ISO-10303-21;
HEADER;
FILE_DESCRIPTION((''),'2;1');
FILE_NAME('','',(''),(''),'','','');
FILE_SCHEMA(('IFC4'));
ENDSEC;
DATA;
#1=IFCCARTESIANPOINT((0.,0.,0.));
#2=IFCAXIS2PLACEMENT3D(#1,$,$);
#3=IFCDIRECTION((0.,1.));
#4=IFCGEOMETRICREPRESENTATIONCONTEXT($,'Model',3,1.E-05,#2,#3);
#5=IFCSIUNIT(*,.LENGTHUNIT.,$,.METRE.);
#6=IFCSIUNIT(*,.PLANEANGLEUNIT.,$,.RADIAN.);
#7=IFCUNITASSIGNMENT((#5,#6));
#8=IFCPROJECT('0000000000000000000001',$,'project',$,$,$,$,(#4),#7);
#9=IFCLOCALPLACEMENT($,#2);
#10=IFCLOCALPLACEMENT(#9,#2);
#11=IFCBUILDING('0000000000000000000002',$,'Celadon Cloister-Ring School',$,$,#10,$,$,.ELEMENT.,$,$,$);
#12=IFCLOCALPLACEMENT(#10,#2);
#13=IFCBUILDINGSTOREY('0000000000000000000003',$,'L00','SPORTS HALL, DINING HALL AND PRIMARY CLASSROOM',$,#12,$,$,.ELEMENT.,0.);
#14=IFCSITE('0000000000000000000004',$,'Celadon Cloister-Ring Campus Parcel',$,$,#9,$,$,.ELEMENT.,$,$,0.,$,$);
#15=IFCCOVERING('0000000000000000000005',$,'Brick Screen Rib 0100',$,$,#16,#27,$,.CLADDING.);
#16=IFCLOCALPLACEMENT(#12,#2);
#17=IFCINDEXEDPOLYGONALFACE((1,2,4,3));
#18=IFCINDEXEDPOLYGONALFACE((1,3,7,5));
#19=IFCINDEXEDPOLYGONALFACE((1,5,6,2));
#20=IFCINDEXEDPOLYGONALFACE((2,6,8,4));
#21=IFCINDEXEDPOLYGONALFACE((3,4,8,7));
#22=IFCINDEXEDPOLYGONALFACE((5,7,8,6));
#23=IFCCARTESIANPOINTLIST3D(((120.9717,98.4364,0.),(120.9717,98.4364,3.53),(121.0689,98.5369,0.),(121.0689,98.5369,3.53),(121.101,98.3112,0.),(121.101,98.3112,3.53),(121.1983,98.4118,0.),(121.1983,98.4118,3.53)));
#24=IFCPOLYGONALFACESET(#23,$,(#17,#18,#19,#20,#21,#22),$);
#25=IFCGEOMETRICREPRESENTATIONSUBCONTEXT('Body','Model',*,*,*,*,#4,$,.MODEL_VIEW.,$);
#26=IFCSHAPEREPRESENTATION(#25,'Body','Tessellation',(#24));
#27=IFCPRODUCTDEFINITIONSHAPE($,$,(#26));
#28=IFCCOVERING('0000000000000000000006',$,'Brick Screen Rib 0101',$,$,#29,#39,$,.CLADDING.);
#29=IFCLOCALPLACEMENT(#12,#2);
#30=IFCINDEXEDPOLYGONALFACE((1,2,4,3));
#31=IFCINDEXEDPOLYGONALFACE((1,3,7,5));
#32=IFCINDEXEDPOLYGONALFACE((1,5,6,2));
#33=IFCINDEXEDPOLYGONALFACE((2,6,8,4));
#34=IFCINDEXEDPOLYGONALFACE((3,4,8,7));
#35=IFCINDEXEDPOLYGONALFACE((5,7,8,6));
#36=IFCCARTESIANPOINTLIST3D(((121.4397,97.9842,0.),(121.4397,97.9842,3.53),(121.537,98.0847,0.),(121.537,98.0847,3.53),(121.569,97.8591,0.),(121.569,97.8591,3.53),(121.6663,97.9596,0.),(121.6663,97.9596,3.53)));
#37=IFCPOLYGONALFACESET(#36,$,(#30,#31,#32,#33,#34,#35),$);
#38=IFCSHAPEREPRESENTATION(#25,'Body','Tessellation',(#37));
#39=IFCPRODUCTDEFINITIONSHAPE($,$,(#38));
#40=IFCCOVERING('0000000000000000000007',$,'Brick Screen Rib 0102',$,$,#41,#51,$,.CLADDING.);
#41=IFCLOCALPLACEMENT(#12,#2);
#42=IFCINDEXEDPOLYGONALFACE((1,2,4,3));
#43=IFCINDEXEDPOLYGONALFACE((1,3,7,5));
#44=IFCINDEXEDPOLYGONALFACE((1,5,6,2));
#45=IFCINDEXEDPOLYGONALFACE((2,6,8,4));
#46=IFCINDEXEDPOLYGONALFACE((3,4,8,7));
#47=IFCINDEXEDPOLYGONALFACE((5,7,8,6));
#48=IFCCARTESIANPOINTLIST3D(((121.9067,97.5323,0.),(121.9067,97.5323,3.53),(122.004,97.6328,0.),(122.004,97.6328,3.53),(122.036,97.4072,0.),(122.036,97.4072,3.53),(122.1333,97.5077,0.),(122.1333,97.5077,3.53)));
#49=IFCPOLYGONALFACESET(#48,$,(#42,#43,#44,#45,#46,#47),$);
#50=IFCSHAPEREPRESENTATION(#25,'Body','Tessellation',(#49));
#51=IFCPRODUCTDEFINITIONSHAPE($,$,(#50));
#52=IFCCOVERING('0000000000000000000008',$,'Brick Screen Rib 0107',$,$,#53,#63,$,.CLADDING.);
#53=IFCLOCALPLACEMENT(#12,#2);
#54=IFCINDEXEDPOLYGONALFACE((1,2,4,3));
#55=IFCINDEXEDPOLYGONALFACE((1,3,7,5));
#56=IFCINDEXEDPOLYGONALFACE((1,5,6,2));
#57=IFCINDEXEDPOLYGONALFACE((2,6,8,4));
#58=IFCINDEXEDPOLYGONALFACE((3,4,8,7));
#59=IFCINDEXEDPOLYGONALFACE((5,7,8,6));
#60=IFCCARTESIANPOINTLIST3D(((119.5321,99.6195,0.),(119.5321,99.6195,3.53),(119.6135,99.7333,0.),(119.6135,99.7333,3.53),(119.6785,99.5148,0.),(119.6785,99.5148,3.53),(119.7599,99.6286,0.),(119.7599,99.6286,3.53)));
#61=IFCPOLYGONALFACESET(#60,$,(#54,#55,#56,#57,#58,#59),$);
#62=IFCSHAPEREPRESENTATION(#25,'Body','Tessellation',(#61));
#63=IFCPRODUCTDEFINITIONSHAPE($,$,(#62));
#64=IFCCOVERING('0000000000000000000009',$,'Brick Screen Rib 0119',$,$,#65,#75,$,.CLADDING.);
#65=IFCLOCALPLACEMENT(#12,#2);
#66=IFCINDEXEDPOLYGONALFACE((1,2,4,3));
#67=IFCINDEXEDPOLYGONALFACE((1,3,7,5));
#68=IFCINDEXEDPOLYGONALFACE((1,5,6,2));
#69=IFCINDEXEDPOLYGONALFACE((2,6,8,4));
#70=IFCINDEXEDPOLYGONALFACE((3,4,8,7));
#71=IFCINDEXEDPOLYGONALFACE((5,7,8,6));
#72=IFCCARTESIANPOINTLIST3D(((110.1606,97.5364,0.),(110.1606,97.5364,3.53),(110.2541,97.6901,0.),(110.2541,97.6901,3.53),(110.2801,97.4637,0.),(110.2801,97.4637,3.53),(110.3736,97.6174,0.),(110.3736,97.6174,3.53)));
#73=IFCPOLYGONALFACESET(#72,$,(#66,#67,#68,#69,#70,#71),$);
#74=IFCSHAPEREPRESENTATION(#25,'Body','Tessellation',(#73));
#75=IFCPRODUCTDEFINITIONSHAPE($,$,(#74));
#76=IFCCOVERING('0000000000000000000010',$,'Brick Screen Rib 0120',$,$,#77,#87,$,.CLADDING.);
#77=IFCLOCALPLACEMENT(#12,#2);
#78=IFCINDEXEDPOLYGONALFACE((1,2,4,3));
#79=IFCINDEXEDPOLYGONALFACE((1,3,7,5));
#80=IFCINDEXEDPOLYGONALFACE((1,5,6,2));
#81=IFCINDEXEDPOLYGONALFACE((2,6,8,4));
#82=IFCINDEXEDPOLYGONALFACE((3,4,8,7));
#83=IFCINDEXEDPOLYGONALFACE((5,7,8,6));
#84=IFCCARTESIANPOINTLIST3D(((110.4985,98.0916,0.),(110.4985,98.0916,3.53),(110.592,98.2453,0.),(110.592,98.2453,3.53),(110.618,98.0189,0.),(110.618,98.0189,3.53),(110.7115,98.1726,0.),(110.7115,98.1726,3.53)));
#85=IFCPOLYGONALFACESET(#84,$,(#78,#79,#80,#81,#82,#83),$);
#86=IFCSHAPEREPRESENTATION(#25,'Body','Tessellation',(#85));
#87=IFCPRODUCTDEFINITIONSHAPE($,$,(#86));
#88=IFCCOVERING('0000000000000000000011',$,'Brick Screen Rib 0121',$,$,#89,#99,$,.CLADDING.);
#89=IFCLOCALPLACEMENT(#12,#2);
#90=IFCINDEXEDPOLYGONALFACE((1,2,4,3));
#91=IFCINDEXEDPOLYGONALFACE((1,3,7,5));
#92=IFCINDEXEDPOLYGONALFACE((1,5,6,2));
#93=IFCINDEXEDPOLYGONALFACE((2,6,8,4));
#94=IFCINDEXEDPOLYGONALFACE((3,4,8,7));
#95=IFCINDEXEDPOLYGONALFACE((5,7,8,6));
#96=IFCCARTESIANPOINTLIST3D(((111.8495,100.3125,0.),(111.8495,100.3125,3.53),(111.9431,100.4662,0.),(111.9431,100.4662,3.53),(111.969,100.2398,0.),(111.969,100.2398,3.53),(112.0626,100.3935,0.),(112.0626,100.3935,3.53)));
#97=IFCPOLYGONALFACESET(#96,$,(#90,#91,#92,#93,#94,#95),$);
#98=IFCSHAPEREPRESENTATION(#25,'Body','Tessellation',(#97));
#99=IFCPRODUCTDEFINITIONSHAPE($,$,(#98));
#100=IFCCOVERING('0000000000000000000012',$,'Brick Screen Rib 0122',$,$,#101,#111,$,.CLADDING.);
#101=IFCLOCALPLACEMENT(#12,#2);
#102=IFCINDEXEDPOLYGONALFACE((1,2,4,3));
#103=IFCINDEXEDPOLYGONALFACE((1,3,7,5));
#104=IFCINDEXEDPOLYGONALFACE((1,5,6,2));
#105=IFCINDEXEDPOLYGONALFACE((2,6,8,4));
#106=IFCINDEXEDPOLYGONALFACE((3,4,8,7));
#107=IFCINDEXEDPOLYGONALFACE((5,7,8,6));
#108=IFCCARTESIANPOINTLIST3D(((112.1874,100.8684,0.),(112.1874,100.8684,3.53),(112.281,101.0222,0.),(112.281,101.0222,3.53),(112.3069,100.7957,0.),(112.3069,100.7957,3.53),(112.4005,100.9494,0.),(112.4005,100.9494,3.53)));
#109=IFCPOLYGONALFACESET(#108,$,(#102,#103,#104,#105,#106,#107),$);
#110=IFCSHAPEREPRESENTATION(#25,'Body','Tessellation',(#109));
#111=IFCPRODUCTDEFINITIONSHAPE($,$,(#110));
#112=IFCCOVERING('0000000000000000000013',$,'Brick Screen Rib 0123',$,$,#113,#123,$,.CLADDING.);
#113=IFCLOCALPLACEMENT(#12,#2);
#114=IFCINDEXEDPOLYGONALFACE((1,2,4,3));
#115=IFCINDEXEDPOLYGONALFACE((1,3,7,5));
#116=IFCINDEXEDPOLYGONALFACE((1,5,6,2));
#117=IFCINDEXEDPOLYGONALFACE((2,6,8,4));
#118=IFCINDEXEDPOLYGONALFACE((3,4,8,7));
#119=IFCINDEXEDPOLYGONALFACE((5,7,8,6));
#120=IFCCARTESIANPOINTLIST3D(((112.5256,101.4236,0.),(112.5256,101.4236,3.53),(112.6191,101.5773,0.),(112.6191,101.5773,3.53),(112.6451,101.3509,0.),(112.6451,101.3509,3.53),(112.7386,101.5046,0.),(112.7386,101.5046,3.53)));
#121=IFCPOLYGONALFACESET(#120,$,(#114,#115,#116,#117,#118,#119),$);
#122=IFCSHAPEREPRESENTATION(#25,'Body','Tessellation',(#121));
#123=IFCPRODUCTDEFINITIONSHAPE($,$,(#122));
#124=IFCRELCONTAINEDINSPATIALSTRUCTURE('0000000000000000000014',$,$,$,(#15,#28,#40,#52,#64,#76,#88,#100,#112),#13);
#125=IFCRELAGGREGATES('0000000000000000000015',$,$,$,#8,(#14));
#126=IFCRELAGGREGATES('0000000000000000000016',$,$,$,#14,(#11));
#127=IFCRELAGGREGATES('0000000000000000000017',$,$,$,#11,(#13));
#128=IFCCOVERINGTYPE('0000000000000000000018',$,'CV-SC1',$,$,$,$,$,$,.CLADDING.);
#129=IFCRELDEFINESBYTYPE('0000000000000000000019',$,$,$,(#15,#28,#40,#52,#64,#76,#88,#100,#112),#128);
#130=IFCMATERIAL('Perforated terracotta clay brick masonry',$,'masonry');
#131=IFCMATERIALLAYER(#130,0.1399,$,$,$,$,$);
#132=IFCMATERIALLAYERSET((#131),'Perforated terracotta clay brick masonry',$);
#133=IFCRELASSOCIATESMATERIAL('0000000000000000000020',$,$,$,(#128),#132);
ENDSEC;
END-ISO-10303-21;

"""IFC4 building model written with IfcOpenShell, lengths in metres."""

from ifc_helpers import new_model, si_unit, direction, frame, origin, origin_2d, place, context, subcontext, project, spatial, rectangle, extrude, material, layer, layer_set, type_object, element, save


model = new_model("IFC4")

# Units and contexts
model_context = context("Model", 3, precision=1e-05, world=origin(), true_north=direction((0.0, 1.0)))
body_context = subcontext(model_context, "Body", "Model", "MODEL_VIEW")
ifc_project = project(units=[si_unit("LENGTHUNIT", "METRE"), si_unit("PLANEANGLEUNIT", "RADIAN")], contexts=[model_context])

# Site, building, storey
site_placement = place(None, origin())
site = spatial("IfcSite", under=ifc_project, at=site_placement, Name="Celadon Cloister-Ring Campus Parcel", CompositionType="ELEMENT", RefElevation=0.0)
building_placement = place(site_placement, origin())
building = spatial("IfcBuilding", under=site, at=building_placement, Name="Celadon Cloister-Ring School", CompositionType="ELEMENT")
storey_placement = place(building_placement, origin())
storey = spatial("IfcBuildingStorey", under=building, at=storey_placement, Name="L00", Description="SPORTS HALL, DINING HALL AND PRIMARY CLASSROOM", CompositionType="ELEMENT", Elevation=0.0)

# Coverings
ifc_material_1 = material(Name="Perforated terracotta clay brick masonry", Category="masonry")
ifc_layer_1 = layer(ifc_material_1, 0.1399)
ifc_layer_set_1 = layer_set([ifc_layer_1], Name="Perforated terracotta clay brick masonry")
covering_type = type_object("IfcCoveringType", Name="CV-SC1", PredefinedType="CLADDING", material=ifc_layer_set_1)
for number, where, z_axis, x_axis, name in (
    (1, (121.085, 98.4241, 0.0), (0.0, 0.0, 1.0), (0.718673, -0.695349, 0.0), "Brick Screen Rib 0100"),
    (2, (121.553, 97.9719, 0.0), (0.0, 0.0, 1.0), (0.718673, -0.695349, 0.0), "Brick Screen Rib 0101"),
    (3, (122.02, 97.52, 0.0), (0.0, 0.0, 1.0), (0.718673, -0.695349, 0.0), "Brick Screen Rib 0102"),
    (4, (119.646, 99.624, 0.0), (0.0, 0.0, 1.0), (0.813375, -0.58174, 0.0), "Brick Screen Rib 0107"),
    (5, (110.2671, 97.5769, 0.0), (0.0, 0.0, 1.0), (0.519862, 0.85425, 0.0), "Brick Screen Rib 0119"),
    (6, (110.605, 98.1321, 0.0), (0.0, 0.0, 1.0), (0.519862, 0.85425, 0.0), "Brick Screen Rib 0120"),
    (7, (111.9561, 100.353, 0.0), (0.0, 0.0, 1.0), (0.519862, 0.85425, 0.0), "Brick Screen Rib 0121"),
    (8, (112.2939, 100.9089, 0.0), (0.0, 0.0, 1.0), (0.519862, 0.85425, 0.0), "Brick Screen Rib 0122"),
    (9, (112.6321, 101.4641, 0.0), (0.0, 0.0, 1.0), (0.519862, 0.85425, 0.0), "Brick Screen Rib 0123"),
):
    element("IfcCovering", number, at=place(storey_placement, frame(where, z_axis=z_axis, x_axis=x_axis)), inside=storey, type_object=covering_type, Name=name, PredefinedType="CLADDING", context=body_context, shape_type="SweptSolid", body=[
        extrude(rectangle(XDim=0.1799, YDim=0.1399, at=origin_2d()), origin(), (0.0, 0.0, 1.0), 3.53),
    ])

save(model, "model.ifc")
